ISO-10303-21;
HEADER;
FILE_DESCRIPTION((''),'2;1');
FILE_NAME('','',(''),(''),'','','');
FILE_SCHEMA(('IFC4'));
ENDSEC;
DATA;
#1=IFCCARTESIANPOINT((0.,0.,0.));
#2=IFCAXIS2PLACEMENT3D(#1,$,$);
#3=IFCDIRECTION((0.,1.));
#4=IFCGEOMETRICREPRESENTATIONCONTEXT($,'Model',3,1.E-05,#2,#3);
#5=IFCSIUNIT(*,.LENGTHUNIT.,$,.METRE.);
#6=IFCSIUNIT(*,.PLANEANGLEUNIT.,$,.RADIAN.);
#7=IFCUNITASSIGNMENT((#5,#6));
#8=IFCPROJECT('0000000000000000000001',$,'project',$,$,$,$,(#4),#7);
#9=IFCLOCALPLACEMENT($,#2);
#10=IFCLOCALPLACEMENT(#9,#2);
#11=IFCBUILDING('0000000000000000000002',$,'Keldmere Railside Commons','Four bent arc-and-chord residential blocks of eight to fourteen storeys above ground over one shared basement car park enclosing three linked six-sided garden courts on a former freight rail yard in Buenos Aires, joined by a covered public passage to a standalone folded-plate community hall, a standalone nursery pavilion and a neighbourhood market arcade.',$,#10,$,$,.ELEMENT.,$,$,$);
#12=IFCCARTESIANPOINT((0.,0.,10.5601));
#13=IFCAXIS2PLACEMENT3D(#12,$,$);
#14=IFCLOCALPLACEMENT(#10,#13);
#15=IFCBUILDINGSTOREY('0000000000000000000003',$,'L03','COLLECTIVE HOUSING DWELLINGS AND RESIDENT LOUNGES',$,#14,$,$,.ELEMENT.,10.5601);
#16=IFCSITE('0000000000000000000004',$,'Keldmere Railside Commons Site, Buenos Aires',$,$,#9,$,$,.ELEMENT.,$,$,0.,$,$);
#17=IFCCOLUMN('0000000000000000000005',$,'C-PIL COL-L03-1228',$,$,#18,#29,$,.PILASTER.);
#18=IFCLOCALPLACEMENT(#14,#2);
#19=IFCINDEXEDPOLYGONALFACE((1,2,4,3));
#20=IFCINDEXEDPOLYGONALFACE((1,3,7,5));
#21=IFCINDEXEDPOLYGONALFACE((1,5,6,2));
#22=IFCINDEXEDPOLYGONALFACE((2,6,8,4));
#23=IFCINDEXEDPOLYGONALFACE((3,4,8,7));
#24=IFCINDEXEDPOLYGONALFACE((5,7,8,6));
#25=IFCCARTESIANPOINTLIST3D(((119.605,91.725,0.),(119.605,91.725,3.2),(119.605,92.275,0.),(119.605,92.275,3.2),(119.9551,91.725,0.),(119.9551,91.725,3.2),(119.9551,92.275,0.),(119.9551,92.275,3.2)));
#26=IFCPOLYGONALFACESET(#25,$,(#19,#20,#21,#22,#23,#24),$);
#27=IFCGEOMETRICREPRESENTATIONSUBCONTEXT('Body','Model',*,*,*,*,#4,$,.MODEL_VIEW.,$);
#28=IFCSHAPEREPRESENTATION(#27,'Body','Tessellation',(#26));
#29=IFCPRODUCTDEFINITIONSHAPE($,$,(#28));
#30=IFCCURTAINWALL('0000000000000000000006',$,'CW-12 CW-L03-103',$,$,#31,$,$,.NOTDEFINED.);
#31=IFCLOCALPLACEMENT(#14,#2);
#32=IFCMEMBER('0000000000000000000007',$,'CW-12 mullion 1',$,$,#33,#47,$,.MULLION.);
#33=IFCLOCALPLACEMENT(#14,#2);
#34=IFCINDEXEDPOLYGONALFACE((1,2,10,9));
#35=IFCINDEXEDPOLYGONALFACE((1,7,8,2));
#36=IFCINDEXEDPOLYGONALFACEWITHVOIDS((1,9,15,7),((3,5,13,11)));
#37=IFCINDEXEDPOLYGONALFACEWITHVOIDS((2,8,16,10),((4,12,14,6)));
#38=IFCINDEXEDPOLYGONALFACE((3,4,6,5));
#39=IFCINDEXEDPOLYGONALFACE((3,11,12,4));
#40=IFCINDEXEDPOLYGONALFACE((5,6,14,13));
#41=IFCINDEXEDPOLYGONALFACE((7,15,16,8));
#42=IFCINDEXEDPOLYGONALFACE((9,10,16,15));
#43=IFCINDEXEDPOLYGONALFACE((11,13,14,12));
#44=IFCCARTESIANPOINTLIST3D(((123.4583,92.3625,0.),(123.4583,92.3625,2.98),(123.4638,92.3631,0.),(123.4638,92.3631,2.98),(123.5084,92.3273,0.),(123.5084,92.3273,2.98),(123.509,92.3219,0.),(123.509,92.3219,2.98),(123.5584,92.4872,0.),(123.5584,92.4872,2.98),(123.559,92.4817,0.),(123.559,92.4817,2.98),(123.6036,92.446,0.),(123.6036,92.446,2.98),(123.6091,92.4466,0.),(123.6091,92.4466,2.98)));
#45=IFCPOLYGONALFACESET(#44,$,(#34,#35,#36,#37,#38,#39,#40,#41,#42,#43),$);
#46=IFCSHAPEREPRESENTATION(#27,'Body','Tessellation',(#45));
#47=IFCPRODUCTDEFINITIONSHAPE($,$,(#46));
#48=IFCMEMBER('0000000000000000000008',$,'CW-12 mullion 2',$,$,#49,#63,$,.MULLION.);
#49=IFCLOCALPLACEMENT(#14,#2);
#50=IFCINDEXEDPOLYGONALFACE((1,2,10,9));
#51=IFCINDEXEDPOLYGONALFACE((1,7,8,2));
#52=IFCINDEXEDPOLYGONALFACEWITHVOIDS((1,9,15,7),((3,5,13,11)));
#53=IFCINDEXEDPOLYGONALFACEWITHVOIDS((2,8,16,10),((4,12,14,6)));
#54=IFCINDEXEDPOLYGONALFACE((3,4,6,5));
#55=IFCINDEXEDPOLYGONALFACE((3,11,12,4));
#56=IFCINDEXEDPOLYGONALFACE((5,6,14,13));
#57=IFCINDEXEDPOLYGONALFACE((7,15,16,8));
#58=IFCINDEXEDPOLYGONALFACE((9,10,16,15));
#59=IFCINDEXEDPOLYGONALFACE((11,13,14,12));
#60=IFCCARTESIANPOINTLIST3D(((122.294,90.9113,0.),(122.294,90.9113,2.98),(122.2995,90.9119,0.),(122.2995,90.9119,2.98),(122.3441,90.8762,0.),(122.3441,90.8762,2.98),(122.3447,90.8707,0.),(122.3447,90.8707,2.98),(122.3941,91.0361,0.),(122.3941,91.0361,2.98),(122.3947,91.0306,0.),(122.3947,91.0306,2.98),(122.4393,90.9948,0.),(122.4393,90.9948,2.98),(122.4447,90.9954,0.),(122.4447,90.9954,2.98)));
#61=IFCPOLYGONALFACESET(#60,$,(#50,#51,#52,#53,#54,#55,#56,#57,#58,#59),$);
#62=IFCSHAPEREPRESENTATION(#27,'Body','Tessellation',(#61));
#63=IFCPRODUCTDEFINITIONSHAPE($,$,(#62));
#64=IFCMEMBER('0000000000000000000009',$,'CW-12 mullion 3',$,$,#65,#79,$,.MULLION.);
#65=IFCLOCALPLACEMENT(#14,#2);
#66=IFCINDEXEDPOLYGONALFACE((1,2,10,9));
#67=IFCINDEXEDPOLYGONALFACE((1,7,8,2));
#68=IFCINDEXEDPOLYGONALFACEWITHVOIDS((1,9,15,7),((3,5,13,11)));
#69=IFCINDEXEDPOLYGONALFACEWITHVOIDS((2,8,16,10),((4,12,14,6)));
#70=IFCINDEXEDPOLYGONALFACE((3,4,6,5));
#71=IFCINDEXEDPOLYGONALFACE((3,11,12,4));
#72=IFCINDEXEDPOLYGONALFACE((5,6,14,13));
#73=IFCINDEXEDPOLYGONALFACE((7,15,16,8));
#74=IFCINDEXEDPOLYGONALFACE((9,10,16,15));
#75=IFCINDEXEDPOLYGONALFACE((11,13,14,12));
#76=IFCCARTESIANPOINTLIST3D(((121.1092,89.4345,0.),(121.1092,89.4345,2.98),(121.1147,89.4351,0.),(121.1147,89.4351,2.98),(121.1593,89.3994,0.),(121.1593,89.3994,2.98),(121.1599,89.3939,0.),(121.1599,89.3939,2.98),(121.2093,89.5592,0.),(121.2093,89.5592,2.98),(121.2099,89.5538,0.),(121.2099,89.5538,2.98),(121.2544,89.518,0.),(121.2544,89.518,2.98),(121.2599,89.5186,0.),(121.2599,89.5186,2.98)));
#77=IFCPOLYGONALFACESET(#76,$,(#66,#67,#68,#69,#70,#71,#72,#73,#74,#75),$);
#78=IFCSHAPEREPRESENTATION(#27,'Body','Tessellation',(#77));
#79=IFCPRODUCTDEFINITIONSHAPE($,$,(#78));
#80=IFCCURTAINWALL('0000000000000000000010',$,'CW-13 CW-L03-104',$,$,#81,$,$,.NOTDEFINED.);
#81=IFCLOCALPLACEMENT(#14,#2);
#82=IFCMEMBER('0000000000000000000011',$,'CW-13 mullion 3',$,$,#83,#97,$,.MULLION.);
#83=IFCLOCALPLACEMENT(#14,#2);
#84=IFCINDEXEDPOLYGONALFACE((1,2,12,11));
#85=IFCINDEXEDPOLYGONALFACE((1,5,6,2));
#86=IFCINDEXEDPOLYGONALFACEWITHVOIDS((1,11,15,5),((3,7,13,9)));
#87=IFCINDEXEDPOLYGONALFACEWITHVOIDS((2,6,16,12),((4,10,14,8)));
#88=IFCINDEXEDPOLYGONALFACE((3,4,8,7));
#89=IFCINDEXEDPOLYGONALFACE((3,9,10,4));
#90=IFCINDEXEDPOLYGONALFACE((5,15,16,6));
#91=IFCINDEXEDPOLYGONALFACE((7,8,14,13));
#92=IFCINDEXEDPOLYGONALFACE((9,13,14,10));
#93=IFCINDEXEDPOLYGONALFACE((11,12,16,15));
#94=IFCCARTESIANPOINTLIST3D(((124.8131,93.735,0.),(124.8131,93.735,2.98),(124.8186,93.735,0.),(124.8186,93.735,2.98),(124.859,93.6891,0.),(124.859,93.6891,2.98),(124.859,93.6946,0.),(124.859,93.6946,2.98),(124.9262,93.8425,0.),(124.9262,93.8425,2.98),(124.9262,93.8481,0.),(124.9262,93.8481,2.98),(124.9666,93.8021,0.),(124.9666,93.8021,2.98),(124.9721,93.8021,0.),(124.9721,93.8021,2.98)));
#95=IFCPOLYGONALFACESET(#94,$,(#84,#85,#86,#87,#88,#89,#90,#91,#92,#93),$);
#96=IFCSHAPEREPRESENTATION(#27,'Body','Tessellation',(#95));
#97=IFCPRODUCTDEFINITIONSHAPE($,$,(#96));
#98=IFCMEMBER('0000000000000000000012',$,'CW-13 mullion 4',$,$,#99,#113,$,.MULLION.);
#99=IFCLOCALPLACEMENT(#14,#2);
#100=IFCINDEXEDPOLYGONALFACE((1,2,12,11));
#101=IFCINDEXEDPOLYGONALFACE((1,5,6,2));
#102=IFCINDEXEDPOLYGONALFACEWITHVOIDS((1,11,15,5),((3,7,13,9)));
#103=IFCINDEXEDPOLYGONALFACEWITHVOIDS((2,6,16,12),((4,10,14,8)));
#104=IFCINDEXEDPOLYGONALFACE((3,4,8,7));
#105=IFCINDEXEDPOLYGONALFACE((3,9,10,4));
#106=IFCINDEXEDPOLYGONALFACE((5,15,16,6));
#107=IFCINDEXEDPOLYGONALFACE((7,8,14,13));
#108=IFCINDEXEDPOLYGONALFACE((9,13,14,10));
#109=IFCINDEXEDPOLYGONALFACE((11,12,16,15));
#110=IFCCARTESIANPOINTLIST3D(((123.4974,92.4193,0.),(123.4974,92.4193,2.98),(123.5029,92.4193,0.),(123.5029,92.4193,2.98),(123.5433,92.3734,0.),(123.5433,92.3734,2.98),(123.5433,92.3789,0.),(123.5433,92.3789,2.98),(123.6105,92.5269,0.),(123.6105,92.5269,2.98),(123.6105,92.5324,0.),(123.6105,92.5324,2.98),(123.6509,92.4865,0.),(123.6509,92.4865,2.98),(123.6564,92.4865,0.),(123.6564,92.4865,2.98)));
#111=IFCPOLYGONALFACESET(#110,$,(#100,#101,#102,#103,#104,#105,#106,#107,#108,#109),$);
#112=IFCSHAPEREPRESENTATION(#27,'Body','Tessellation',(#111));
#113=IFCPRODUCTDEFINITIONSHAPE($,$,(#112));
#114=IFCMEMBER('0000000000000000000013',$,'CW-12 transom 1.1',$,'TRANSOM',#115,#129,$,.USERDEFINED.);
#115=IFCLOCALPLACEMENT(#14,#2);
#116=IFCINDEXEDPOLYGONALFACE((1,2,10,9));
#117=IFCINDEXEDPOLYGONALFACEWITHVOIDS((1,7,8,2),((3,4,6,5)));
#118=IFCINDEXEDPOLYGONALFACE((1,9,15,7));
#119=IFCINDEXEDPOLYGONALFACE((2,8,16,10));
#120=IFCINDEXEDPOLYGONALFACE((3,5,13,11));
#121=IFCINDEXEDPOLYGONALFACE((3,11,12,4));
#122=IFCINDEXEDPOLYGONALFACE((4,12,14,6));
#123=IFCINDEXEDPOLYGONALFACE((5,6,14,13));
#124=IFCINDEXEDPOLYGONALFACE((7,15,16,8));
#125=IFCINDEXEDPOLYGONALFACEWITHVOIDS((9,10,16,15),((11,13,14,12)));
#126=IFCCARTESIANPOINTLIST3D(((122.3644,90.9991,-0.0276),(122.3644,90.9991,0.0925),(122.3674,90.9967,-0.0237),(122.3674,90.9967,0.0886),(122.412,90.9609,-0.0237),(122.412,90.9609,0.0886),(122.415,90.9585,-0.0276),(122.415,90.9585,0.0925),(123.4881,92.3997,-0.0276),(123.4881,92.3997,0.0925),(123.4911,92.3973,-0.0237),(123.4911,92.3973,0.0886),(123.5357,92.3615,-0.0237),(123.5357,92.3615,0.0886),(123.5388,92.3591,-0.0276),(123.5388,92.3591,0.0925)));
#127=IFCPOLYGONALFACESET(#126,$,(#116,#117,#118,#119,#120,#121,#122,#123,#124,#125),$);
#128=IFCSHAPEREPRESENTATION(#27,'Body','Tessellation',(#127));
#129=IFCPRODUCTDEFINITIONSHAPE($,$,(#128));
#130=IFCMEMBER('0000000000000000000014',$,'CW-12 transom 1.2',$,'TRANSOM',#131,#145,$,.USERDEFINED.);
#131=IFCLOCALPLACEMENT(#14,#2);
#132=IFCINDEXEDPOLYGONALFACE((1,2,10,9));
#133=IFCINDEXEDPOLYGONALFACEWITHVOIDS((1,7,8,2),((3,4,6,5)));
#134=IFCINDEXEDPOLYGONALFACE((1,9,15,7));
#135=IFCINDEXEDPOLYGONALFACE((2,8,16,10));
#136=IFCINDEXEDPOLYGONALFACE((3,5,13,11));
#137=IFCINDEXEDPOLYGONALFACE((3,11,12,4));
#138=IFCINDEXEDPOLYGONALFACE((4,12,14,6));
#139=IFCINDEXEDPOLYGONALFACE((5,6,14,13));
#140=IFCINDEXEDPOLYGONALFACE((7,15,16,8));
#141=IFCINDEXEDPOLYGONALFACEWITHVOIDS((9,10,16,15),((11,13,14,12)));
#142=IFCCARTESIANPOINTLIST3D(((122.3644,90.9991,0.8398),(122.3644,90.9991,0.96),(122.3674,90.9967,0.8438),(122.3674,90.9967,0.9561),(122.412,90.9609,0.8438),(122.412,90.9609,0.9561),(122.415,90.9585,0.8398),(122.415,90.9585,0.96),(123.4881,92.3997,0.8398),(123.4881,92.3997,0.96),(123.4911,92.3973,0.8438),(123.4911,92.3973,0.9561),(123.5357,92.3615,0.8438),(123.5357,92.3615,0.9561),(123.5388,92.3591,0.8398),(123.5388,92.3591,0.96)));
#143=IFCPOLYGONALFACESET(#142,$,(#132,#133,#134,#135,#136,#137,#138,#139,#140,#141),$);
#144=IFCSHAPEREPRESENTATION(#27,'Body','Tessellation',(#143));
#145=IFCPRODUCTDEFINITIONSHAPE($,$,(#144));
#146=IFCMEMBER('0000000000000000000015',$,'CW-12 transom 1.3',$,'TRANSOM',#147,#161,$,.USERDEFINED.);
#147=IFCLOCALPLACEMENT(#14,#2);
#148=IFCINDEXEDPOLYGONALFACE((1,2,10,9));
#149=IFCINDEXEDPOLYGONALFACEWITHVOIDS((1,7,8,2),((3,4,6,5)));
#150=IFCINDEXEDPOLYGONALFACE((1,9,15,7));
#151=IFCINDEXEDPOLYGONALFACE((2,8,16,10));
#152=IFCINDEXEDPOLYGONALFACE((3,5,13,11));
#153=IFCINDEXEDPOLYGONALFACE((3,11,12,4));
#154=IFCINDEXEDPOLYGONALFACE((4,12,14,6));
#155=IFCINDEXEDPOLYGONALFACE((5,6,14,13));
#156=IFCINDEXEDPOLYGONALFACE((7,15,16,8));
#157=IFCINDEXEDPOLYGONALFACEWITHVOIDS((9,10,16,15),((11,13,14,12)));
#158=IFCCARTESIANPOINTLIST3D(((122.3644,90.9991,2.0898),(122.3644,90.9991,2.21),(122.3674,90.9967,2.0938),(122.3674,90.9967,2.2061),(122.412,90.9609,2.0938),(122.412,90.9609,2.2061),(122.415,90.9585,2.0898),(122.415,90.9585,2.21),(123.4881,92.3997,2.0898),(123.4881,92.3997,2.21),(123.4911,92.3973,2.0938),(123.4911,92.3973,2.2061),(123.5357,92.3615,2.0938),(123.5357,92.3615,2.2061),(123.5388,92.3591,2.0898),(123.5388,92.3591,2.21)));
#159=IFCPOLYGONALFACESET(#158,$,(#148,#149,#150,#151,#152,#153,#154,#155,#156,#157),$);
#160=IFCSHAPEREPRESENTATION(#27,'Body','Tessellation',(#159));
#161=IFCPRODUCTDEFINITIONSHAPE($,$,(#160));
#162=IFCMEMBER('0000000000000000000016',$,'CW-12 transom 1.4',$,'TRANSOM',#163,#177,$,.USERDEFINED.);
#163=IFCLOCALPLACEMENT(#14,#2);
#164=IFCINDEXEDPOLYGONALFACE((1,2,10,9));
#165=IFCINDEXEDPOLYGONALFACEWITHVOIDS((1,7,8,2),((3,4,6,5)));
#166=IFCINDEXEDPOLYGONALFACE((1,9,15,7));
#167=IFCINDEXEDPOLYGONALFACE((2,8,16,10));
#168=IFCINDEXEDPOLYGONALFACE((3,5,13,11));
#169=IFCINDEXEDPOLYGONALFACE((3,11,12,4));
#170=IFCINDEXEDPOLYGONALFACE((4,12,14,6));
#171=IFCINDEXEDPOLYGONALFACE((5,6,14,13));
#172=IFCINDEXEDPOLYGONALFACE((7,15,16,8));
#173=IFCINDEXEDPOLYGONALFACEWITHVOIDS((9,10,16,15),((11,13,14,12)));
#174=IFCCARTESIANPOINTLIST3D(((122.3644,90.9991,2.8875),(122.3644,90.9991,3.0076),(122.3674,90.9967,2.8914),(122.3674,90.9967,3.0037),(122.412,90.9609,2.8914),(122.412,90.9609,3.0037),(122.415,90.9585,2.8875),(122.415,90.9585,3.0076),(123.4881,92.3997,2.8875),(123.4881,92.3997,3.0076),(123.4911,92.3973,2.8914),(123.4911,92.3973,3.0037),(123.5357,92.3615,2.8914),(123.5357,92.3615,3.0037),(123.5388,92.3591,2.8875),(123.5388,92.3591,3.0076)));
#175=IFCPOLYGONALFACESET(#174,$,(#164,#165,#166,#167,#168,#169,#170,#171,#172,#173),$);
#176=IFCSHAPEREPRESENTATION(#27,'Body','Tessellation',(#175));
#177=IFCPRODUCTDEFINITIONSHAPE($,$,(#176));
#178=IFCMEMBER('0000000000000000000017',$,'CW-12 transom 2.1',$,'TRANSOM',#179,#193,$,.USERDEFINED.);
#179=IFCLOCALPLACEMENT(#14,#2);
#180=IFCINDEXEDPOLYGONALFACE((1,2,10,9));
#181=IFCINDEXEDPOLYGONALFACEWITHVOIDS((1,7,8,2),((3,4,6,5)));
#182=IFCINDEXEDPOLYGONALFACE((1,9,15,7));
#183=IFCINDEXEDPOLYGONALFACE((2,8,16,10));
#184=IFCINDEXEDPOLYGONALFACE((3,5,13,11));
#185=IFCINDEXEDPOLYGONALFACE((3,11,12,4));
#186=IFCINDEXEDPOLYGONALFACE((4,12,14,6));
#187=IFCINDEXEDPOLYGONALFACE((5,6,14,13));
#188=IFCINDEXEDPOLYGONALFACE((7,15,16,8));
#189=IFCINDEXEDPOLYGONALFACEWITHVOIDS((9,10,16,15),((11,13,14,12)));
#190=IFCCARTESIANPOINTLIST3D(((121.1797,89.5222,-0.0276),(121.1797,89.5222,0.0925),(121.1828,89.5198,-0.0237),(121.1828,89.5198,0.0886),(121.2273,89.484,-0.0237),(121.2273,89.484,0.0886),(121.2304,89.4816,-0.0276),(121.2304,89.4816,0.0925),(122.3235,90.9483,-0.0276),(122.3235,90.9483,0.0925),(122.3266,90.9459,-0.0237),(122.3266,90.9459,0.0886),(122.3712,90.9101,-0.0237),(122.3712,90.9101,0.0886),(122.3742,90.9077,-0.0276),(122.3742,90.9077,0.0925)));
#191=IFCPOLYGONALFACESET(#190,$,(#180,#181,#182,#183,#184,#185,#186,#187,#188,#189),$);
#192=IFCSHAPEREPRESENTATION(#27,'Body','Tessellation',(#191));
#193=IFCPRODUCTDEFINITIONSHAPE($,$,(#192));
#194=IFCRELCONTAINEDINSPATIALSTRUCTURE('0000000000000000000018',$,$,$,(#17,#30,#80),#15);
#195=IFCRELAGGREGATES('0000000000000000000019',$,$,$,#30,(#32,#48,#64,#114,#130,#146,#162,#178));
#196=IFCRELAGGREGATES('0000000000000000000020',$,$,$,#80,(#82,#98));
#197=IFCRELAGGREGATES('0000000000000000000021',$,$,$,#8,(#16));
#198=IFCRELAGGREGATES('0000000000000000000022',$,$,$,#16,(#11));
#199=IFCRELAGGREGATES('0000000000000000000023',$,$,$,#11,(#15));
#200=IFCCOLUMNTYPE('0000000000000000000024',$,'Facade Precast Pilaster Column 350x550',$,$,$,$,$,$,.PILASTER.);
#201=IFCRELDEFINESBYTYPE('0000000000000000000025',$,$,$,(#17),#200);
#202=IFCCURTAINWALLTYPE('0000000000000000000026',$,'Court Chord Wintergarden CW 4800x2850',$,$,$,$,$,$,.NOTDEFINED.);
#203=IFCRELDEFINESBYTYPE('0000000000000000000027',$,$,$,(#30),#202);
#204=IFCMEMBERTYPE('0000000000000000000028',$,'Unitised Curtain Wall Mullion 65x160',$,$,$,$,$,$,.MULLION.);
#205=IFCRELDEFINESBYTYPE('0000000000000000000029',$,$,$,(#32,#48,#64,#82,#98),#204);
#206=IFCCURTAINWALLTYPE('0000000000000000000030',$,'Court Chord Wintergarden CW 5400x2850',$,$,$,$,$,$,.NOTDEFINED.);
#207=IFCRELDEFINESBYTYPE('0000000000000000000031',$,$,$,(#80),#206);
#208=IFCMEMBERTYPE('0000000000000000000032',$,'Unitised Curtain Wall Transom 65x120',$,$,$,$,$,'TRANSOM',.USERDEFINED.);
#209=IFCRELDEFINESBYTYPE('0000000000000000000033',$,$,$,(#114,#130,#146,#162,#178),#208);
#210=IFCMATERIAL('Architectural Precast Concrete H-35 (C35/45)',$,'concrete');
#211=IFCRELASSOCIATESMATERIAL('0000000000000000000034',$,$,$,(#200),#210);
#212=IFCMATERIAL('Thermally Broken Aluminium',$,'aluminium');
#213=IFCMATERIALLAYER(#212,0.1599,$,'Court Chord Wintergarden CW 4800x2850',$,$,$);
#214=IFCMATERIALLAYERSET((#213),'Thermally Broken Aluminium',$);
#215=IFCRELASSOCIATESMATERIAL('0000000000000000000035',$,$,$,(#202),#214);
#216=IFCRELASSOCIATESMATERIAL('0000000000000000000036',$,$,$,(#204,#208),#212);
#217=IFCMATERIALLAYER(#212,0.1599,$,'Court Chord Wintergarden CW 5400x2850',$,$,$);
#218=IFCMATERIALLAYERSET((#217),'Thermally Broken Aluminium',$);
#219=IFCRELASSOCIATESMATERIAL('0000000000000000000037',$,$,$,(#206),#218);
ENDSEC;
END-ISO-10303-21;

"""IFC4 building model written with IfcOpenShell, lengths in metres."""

from ifc_helpers import new_model, si_unit, direction, frame, origin, origin_2d, place, context, subcontext, project, spatial, rectangle, hollow_rectangle, extrude, material, layer, layer_set, material_profile, profile_set, type_object, element, aggregate, save


model = new_model("IFC4")

# Units and contexts
model_context = context("Model", 3, precision=1e-05, world=origin(), true_north=direction((0.0, 1.0)))
body_context = subcontext(model_context, "Body", "Model", "MODEL_VIEW")
ifc_project = project(units=[si_unit("LENGTHUNIT", "METRE"), si_unit("PLANEANGLEUNIT", "RADIAN")], contexts=[model_context])

# Site, building, storey
site_placement = place(None, origin())
site = spatial("IfcSite", under=ifc_project, at=site_placement, Name="Keldmere Railside Commons Site, Buenos Aires", CompositionType="ELEMENT", RefElevation=0.0)
building_placement = place(site_placement, origin())
building = spatial("IfcBuilding", under=site, at=building_placement, Name="Keldmere Railside Commons", Description="Four bent arc-and-chord residential blocks of eight to fourteen storeys above ground over one shared basement car park enclosing three linked six-sided garden courts on a former freight rail yard in Buenos Aires, joined by a covered public passage to a standalone folded-plate community hall, a standalone nursery pavilion and a neighbourhood market arcade.", CompositionType="ELEMENT")
storey_placement = place(building_placement, frame((0.0, 0.0, 10.5601)))
storey = spatial("IfcBuildingStorey", under=building, at=storey_placement, Name="L03", Description="COLLECTIVE HOUSING DWELLINGS AND RESIDENT LOUNGES", CompositionType="ELEMENT", Elevation=10.5601)

# Column
ifc_material_1 = material(Name="Architectural Precast Concrete H-35 (C35/45)", Category="concrete")
ifc_material_profile_1 = material_profile(ifc_material_1, rectangle(XDim=0.3501, YDim=0.55, at=origin_2d()), Name="RC-350x550")
ifc_profile_set_1 = profile_set([ifc_material_profile_1], Name="Architectural Precast Concrete H-35 (C35/45)")
column_type = type_object("IfcColumnType", Name="Facade Precast Pilaster Column 350x550", PredefinedType="PILASTER", material=ifc_profile_set_1)
column_placement = place(storey_placement, frame((119.78, 92.0, 0.0), z_axis=(0.0, 0.0, 1.0), x_axis=(1.0, 0.0, 0.0)))
element("IfcColumn", 1, at=column_placement, inside=storey, type_object=column_type, Name="C-PIL COL-L03-1228", PredefinedType="PILASTER", context=body_context, shape_type="SweptSolid", body=[
    extrude(rectangle(XDim=0.3501, YDim=0.55, at=origin_2d()), origin(), (0.0, 0.0, 1.0), 3.2),
])

# Curtain walls, members
ifc_material_2 = material(Name="Thermally Broken Aluminium", Category="aluminium")
ifc_layer_1 = layer(ifc_material_2, 0.1599, Name="Court Chord Wintergarden CW 4800x2850")
ifc_layer_set_1 = layer_set([ifc_layer_1], Name="Thermally Broken Aluminium")
curtain_wall_type_1 = type_object("IfcCurtainWallType", Name="Court Chord Wintergarden CW 4800x2850", PredefinedType="NOTDEFINED", material=ifc_layer_set_1)
curtain_wall_1_placement = place(storey_placement, origin())
curtain_wall_1 = element("IfcCurtainWall", 2, at=curtain_wall_1_placement, inside=storey, type_object=curtain_wall_type_1, Name="CW-12 CW-L03-103", PredefinedType="NOTDEFINED")
ifc_material_profile_2 = material_profile(ifc_material_2, hollow_rectangle(XDim=0.0649, YDim=0.1599, WallThickness=0.0039, at=origin_2d()), Name="ALU-MULL-65x160")
ifc_profile_set_2 = profile_set([ifc_material_profile_2], Name="Thermally Broken Aluminium")
member_type_1 = type_object("IfcMemberType", Name="Unitised Curtain Wall Mullion 65x160", PredefinedType="MULLION", material=ifc_profile_set_2)
member_1_placement = place(storey_placement, frame((123.5337, 92.4045, 0.0), z_axis=(0.0, 0.0, 1.0), x_axis=(0.780009, -0.625768, 0.0)))
member_1 = element("IfcMember", 3, at=member_1_placement, type_object=member_type_1, Name="CW-12 mullion 1", PredefinedType="MULLION", context=body_context, shape_type="SweptSolid", body=[
    extrude(hollow_rectangle(XDim=0.0649, YDim=0.1599, WallThickness=0.0039, at=origin_2d()), origin(), (0.0, 0.0, 1.0), 2.98),
])
member_2_placement = place(storey_placement, frame((122.3694, 90.9534, 0.0), z_axis=(0.0, 0.0, 1.0), x_axis=(0.780009, -0.625768, 0.0)))
member_2 = element("IfcMember", 4, at=member_2_placement, type_object=member_type_1, Name="CW-12 mullion 2", PredefinedType="MULLION", context=body_context, shape_type="SweptSolid", body=[
    extrude(hollow_rectangle(XDim=0.0649, YDim=0.1599, WallThickness=0.0039, at=origin_2d()), origin(), (0.0, 0.0, 1.0), 2.98),
])
member_3_placement = place(storey_placement, frame((121.1846, 89.4766, 0.0), z_axis=(0.0, 0.0, 1.0), x_axis=(0.780009, -0.625768, 0.0)))
member_3 = element("IfcMember", 5, at=member_3_placement, type_object=member_type_1, Name="CW-12 mullion 3", PredefinedType="MULLION", context=body_context, shape_type="SweptSolid", body=[
    extrude(hollow_rectangle(XDim=0.0649, YDim=0.1599, WallThickness=0.0039, at=origin_2d()), origin(), (0.0, 0.0, 1.0), 2.98),
])
ifc_layer_2 = layer(ifc_material_2, 0.1599, Name="Court Chord Wintergarden CW 5400x2850")
ifc_layer_set_2 = layer_set([ifc_layer_2], Name="Thermally Broken Aluminium")
curtain_wall_type_2 = type_object("IfcCurtainWallType", Name="Court Chord Wintergarden CW 5400x2850", PredefinedType="NOTDEFINED", material=ifc_layer_set_2)
curtain_wall_2_placement = place(storey_placement, origin())
curtain_wall_2 = element("IfcCurtainWall", 6, at=curtain_wall_2_placement, inside=storey, type_object=curtain_wall_type_2, Name="CW-13 CW-L03-104", PredefinedType="NOTDEFINED")
member_4_placement = place(storey_placement, frame((124.8926, 93.7686, 0.0), z_axis=(0.0, 0.0, 1.0), x_axis=(0.707107, -0.707107, 0.0)))
member_4 = element("IfcMember", 7, at=member_4_placement, type_object=member_type_1, Name="CW-13 mullion 3", PredefinedType="MULLION", context=body_context, shape_type="SweptSolid", body=[
    extrude(hollow_rectangle(XDim=0.0649, YDim=0.1599, WallThickness=0.0039, at=origin_2d()), origin(), (0.0, 0.0, 1.0), 2.98),
])
member_5_placement = place(storey_placement, frame((123.5769, 92.4529, 0.0), z_axis=(0.0, 0.0, 1.0), x_axis=(0.707107, -0.707107, 0.0)))
member_5 = element("IfcMember", 8, at=member_5_placement, type_object=member_type_1, Name="CW-13 mullion 4", PredefinedType="MULLION", context=body_context, shape_type="SweptSolid", body=[
    extrude(hollow_rectangle(XDim=0.0649, YDim=0.1599, WallThickness=0.0039, at=origin_2d()), origin(), (0.0, 0.0, 1.0), 2.98),
])

# Members
ifc_material_profile_3 = material_profile(ifc_material_2, hollow_rectangle(XDim=0.0649, YDim=0.1201, WallThickness=0.0039, at=origin_2d()), Name="ALU-TRAN-65x120")
ifc_profile_set_3 = profile_set([ifc_material_profile_3], Name="Thermally Broken Aluminium")
member_type_2 = type_object("IfcMemberType", Name="Unitised Curtain Wall Transom 65x120", ElementType="TRANSOM", PredefinedType="USERDEFINED", material=ifc_profile_set_3)
member_6_placement = place(storey_placement, frame((123.5134, 92.3794, 0.0325), z_axis=(-0.625805, -0.779979, 0.0), x_axis=(0.779979, -0.625805, 0.0)))
member_6 = element("IfcMember", 9, at=member_6_placement, type_object=member_type_2, Name="CW-12 transom 1.1", ObjectType="TRANSOM", PredefinedType="USERDEFINED", context=body_context, shape_type="SweptSolid", body=[
    extrude(hollow_rectangle(XDim=0.0649, YDim=0.1201, WallThickness=0.0039, at=origin_2d()), origin(), (0.0, 0.0, 1.0), 1.7957),
])
member_7_placement = place(storey_placement, frame((123.5134, 92.3794, 0.8999), z_axis=(-0.625805, -0.779979, 0.0), x_axis=(0.779979, -0.625805, 0.0)))
member_7 = element("IfcMember", 10, at=member_7_placement, type_object=member_type_2, Name="CW-12 transom 1.2", ObjectType="TRANSOM", PredefinedType="USERDEFINED", context=body_context, shape_type="SweptSolid", body=[
    extrude(hollow_rectangle(XDim=0.0649, YDim=0.1201, WallThickness=0.0039, at=origin_2d()), origin(), (0.0, 0.0, 1.0), 1.7957),
])
member_8_placement = place(storey_placement, frame((123.5134, 92.3794, 2.1499), z_axis=(-0.625805, -0.779979, 0.0), x_axis=(0.779979, -0.625805, 0.0)))
member_8 = element("IfcMember", 11, at=member_8_placement, type_object=member_type_2, Name="CW-12 transom 1.3", ObjectType="TRANSOM", PredefinedType="USERDEFINED", context=body_context, shape_type="SweptSolid", body=[
    extrude(hollow_rectangle(XDim=0.0649, YDim=0.1201, WallThickness=0.0039, at=origin_2d()), origin(), (0.0, 0.0, 1.0), 1.7957),
])
member_9_placement = place(storey_placement, frame((123.5134, 92.3794, 2.9475), z_axis=(-0.625805, -0.779979, 0.0), x_axis=(0.779979, -0.625805, 0.0)))
member_9 = element("IfcMember", 12, at=member_9_placement, type_object=member_type_2, Name="CW-12 transom 1.4", ObjectType="TRANSOM", PredefinedType="USERDEFINED", context=body_context, shape_type="SweptSolid", body=[
    extrude(hollow_rectangle(XDim=0.0649, YDim=0.1201, WallThickness=0.0039, at=origin_2d()), origin(), (0.0, 0.0, 1.0), 1.7957),
])
member_10_placement = place(storey_placement, frame((122.3489, 90.928, 0.0325), z_axis=(-0.625688, -0.780073, 0.0), x_axis=(0.780073, -0.625688, 0.0)))
member_10 = element("IfcMember", 13, at=member_10_placement, type_object=member_type_2, Name="CW-12 transom 2.1", ObjectType="TRANSOM", PredefinedType="USERDEFINED", context=body_context, shape_type="SweptSolid", body=[
    extrude(hollow_rectangle(XDim=0.0649, YDim=0.1201, WallThickness=0.0039, at=origin_2d()), origin(), (0.0, 0.0, 1.0), 1.8281),
])

aggregate(curtain_wall_1, [member_1, member_2, member_3, member_6, member_7, member_8, member_9, member_10])
aggregate(curtain_wall_2, [member_4, member_5])

save(model, "model.ifc")
